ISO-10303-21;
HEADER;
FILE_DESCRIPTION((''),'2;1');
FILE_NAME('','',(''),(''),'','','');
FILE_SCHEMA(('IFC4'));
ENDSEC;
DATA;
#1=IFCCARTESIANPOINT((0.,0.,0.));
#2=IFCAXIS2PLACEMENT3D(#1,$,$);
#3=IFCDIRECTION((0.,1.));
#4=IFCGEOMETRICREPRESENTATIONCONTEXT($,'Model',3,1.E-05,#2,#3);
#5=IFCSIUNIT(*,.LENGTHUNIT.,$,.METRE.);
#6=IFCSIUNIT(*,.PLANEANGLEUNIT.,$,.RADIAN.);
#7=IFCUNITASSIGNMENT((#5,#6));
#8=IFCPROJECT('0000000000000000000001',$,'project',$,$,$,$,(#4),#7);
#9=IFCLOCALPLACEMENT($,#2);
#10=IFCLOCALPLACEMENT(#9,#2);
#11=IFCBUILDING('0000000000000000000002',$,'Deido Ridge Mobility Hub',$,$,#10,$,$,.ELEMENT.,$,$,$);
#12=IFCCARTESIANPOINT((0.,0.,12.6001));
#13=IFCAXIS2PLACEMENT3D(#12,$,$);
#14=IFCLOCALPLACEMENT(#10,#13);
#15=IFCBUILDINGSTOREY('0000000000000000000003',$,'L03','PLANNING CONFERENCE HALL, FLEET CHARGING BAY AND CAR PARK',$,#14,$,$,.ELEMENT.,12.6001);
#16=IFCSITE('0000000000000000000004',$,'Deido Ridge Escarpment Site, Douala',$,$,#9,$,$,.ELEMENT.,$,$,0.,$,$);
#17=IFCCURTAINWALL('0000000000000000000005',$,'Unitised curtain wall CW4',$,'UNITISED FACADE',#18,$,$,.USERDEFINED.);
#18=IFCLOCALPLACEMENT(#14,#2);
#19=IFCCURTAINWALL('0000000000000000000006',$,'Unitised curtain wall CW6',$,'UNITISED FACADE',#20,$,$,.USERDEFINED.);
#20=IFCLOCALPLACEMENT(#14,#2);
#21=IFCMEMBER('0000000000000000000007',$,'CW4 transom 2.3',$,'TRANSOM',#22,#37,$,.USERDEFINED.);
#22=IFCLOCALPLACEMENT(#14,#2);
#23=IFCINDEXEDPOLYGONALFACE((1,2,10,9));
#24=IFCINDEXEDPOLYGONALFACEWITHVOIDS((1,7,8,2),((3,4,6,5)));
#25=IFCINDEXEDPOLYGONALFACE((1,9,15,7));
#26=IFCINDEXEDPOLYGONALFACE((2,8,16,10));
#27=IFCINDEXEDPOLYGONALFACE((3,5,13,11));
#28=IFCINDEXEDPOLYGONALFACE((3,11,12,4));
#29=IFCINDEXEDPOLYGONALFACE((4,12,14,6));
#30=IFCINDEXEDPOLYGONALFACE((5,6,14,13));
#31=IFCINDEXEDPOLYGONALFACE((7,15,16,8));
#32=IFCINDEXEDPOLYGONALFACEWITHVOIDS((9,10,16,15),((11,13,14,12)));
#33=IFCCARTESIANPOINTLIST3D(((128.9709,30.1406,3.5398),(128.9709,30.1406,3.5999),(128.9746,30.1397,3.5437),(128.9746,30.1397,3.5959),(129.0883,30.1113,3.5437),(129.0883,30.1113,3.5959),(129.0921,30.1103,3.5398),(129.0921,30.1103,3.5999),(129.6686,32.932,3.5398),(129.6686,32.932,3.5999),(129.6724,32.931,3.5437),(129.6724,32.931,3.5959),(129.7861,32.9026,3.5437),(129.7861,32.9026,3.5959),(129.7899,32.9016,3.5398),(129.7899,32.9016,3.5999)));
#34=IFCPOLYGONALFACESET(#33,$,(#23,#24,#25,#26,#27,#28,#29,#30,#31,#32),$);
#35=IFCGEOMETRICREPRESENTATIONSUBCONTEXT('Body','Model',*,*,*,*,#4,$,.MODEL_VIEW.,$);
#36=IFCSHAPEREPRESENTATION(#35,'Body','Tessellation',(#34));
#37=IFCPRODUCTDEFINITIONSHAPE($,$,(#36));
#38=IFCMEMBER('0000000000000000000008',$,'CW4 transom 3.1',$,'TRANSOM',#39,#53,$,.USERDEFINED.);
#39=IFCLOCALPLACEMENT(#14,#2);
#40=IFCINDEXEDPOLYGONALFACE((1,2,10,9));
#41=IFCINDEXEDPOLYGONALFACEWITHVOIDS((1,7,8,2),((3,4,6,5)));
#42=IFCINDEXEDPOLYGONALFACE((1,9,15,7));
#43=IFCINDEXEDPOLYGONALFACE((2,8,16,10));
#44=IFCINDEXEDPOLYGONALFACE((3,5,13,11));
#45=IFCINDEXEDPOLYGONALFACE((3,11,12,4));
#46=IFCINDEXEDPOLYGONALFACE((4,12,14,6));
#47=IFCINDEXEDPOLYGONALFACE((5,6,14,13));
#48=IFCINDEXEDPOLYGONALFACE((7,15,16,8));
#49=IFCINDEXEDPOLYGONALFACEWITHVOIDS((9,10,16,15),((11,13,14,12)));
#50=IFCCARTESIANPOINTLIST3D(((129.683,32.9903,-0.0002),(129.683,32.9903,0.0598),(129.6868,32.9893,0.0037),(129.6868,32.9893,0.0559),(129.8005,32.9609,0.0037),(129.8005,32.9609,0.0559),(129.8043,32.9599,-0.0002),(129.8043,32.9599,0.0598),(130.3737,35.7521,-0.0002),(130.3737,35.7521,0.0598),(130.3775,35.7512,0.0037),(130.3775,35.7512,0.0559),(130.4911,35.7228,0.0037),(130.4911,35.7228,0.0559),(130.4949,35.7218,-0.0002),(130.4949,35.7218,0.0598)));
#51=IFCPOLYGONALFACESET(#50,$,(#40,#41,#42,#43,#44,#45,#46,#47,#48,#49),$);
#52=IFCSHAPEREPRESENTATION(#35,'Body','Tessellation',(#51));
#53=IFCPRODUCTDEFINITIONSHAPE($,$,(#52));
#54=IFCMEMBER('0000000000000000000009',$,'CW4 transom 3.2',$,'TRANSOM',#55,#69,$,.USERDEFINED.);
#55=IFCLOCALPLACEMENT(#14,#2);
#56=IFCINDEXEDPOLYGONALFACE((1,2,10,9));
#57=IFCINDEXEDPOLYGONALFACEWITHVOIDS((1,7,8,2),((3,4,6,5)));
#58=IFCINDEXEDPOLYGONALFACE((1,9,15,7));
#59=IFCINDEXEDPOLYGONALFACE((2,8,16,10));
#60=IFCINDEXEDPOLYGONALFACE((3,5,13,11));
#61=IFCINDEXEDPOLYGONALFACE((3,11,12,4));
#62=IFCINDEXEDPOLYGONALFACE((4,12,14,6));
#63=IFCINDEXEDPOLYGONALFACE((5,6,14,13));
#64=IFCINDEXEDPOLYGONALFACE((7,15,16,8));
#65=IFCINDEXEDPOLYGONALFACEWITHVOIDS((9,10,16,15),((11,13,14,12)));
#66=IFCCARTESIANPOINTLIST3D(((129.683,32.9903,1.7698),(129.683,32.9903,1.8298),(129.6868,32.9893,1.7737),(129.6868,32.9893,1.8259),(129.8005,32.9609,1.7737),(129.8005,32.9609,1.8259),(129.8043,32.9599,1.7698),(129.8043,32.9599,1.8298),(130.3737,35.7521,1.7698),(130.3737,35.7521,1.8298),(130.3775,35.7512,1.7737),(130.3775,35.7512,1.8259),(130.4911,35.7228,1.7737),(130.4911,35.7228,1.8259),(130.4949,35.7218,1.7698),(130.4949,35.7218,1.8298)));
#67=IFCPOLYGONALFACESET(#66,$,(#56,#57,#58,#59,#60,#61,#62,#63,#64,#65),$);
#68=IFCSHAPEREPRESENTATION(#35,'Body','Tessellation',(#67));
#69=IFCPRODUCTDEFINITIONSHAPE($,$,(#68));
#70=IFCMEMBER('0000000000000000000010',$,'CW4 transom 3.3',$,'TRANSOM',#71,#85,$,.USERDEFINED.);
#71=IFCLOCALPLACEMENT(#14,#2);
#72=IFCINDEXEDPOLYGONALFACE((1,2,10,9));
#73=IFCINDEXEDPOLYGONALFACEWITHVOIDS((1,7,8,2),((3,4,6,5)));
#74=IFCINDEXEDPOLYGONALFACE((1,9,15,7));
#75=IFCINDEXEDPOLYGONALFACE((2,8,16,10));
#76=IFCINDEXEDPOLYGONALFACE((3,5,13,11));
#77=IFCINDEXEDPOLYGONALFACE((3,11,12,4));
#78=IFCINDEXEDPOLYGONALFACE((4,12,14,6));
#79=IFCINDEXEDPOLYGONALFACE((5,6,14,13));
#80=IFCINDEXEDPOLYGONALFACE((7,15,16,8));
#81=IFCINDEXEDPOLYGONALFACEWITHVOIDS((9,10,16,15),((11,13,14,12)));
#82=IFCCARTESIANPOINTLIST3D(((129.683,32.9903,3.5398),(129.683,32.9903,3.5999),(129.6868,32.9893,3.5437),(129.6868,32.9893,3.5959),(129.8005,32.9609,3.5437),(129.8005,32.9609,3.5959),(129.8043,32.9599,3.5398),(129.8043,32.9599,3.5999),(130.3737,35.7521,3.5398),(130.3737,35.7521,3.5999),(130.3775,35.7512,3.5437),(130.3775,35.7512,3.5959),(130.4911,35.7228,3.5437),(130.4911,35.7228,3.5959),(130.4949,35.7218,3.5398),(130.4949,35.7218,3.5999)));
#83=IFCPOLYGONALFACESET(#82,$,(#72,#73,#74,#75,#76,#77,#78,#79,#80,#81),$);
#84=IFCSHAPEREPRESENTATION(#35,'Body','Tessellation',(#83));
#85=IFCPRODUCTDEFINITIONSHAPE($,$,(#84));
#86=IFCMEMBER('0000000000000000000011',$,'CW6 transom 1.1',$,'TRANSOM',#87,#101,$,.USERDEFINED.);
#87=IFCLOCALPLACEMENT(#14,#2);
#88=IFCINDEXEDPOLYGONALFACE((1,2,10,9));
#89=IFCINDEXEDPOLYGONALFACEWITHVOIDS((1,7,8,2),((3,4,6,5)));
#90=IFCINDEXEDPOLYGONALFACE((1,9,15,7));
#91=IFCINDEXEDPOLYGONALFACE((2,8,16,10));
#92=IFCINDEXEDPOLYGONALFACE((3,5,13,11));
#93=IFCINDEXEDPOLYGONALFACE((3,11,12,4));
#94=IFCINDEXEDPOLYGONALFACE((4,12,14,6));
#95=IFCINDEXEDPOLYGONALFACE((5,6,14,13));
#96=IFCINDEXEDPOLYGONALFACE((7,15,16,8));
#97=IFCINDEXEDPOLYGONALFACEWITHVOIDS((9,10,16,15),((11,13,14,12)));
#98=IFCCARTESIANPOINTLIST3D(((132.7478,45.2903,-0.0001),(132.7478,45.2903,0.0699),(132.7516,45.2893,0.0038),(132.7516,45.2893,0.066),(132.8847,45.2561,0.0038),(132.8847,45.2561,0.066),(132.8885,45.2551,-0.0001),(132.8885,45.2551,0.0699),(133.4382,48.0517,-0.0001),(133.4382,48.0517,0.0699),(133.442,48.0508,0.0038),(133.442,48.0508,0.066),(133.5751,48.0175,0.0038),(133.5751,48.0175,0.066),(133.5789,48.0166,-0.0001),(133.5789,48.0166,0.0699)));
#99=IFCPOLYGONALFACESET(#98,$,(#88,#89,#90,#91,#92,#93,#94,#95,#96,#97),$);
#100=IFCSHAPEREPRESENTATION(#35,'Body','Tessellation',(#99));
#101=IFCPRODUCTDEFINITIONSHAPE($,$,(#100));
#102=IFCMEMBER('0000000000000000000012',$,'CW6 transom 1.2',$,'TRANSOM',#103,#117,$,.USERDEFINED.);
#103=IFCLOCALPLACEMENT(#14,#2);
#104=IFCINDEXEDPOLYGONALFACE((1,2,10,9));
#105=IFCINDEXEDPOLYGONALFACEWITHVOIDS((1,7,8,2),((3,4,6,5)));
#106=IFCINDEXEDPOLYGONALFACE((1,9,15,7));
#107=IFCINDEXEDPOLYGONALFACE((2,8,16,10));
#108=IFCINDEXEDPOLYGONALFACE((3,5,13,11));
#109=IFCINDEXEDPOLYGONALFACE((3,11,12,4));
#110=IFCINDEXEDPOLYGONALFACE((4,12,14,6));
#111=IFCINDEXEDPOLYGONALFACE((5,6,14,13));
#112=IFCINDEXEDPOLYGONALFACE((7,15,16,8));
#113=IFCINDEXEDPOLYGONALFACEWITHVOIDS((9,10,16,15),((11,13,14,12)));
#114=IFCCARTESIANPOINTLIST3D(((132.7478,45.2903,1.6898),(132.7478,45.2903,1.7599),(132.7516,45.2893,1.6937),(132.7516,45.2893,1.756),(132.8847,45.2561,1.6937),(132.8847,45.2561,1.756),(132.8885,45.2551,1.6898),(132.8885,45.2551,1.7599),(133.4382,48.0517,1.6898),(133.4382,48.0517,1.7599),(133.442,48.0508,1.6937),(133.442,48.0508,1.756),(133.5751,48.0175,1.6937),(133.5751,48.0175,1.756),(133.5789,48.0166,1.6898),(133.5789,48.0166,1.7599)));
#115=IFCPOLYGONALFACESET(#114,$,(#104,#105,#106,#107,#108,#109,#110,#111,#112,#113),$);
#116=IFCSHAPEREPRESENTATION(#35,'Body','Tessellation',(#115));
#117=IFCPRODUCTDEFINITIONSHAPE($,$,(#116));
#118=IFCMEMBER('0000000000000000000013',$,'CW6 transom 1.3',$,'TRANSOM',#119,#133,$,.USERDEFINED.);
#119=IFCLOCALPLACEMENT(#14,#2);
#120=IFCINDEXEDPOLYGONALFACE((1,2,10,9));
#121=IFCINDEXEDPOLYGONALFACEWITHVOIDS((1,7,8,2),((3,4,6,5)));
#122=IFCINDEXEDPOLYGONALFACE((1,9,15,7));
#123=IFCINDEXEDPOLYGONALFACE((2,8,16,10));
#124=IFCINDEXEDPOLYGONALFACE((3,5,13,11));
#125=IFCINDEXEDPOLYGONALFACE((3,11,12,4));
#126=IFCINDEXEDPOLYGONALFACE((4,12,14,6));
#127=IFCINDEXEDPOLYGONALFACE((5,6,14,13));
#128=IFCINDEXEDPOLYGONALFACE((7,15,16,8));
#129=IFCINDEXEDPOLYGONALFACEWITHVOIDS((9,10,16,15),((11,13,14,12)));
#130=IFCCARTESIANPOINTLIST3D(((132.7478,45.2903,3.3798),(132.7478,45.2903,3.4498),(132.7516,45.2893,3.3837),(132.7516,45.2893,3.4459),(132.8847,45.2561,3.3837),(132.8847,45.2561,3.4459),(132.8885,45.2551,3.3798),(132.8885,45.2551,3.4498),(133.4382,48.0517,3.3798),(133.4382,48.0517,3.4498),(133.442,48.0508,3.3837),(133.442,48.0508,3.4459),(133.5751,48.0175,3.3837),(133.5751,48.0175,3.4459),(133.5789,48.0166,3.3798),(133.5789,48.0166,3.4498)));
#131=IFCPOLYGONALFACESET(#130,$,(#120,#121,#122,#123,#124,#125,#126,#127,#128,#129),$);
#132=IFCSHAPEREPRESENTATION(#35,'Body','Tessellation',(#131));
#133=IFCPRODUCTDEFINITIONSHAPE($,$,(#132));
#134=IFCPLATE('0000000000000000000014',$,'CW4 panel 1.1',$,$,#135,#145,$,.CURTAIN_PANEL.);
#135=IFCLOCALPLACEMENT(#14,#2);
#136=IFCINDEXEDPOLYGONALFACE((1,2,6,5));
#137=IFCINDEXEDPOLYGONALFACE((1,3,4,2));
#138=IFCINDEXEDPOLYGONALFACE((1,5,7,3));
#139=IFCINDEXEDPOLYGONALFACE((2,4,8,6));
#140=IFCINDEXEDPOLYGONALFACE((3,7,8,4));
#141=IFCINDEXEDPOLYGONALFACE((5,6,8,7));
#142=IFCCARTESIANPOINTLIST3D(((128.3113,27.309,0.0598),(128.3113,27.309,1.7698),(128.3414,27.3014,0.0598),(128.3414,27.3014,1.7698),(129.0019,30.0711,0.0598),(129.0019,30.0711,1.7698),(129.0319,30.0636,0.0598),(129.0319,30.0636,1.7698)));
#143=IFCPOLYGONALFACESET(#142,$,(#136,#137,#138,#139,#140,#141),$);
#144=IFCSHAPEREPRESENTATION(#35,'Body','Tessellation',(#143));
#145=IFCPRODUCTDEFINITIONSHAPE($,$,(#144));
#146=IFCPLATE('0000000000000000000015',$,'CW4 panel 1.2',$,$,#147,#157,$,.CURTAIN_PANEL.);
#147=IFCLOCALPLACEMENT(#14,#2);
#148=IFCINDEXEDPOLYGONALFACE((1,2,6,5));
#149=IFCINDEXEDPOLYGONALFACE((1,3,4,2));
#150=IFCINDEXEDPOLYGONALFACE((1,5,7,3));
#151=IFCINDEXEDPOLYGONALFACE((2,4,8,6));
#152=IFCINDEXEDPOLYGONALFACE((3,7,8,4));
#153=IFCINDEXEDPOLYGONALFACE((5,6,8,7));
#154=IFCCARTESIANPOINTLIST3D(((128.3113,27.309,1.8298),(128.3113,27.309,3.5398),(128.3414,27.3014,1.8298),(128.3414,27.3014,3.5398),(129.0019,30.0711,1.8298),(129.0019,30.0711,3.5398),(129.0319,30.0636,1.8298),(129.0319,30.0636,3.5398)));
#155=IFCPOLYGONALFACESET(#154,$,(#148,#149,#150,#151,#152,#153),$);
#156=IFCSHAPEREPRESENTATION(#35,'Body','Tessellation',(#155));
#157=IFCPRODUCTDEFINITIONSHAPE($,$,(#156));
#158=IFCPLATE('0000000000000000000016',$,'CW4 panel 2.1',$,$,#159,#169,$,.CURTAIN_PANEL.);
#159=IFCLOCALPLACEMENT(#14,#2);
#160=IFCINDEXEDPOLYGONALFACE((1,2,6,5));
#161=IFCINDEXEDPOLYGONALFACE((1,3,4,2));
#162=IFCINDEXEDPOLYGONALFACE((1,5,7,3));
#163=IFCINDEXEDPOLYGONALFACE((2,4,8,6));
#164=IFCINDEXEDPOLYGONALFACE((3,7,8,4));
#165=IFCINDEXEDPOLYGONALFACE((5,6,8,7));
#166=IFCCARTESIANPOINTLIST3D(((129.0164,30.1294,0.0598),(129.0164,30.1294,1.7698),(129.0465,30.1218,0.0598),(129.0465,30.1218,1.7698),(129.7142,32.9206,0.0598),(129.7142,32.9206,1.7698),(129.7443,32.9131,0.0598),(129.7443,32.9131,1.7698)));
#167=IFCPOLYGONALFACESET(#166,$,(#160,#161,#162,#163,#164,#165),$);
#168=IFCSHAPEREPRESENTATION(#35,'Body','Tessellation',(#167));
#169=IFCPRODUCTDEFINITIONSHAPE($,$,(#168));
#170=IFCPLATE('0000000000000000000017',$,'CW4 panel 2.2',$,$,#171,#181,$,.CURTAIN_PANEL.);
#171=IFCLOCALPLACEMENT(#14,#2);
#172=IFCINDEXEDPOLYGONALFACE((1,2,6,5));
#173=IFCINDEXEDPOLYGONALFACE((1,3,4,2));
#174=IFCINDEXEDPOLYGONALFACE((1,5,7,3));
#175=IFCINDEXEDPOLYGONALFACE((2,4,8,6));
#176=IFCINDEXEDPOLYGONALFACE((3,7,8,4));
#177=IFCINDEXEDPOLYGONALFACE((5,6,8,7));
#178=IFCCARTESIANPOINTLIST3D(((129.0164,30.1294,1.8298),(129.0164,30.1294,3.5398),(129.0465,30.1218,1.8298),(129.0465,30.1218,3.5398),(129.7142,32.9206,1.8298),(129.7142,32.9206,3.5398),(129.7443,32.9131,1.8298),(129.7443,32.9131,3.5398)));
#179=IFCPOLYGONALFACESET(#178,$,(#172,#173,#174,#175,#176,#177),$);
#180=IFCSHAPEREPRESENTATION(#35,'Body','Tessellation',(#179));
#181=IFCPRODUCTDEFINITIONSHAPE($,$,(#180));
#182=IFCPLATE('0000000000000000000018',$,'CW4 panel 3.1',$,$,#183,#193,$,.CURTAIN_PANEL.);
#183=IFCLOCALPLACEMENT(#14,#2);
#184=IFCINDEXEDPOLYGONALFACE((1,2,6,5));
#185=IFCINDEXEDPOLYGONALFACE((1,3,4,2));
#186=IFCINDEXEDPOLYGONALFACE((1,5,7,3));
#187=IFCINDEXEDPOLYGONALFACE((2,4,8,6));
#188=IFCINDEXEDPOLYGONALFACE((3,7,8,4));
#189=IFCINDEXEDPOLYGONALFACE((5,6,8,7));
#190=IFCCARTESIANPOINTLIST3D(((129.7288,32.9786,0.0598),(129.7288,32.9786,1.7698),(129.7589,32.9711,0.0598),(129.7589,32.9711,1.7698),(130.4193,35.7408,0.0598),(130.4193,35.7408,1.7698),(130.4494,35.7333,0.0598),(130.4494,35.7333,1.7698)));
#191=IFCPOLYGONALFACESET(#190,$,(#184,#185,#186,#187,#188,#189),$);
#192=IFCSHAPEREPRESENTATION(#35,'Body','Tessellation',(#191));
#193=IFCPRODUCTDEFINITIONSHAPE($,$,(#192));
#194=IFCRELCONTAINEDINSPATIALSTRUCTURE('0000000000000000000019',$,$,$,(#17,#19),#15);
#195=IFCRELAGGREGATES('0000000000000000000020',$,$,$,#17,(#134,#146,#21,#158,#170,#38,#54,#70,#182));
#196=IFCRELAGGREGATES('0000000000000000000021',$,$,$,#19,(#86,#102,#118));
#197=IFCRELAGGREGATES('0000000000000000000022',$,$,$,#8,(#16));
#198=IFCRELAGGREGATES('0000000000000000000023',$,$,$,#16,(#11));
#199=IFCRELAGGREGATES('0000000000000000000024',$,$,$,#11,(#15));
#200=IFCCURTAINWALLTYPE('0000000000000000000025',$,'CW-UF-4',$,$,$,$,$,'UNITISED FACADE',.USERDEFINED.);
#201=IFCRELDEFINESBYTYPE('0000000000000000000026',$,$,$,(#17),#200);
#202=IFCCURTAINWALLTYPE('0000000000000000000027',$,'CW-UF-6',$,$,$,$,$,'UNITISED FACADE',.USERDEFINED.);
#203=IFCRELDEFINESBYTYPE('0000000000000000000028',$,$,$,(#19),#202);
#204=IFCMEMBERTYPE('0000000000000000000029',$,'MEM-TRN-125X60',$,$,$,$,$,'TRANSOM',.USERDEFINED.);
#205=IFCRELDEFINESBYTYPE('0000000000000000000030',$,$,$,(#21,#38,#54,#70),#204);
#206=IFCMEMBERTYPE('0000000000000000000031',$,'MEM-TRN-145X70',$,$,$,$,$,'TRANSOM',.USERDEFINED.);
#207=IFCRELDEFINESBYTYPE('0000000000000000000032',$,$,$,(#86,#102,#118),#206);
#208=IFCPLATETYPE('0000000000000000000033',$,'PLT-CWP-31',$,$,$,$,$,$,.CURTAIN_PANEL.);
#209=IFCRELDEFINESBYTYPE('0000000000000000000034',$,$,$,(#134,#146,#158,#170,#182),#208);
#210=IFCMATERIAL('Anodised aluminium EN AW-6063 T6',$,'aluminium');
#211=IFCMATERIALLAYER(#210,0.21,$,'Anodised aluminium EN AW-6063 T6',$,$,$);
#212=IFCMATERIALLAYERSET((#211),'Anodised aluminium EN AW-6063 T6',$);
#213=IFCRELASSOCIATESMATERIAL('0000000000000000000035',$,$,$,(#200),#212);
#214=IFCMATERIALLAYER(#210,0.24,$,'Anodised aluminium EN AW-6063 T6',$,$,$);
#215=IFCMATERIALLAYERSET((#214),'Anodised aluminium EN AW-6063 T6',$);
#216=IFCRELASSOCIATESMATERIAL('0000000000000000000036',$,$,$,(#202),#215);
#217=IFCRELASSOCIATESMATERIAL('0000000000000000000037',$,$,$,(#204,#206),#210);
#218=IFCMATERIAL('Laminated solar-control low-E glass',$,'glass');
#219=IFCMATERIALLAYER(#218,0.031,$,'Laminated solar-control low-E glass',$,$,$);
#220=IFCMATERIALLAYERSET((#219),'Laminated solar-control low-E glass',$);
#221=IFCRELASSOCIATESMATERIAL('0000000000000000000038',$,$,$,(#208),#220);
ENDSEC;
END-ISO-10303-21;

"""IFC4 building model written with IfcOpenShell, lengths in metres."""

from ifc_helpers import new_model, si_unit, direction, frame, origin, origin_2d, place, context, subcontext, project, spatial, rectangle, hollow_rectangle, extrude, material, layer, layer_set, material_profile, profile_set, type_object, element, aggregate, save


model = new_model("IFC4")

# Units and contexts
model_context = context("Model", 3, precision=1e-05, world=origin(), true_north=direction((0.0, 1.0)))
body_context = subcontext(model_context, "Body", "Model", "MODEL_VIEW")
ifc_project = project(units=[si_unit("LENGTHUNIT", "METRE"), si_unit("PLANEANGLEUNIT", "RADIAN")], contexts=[model_context])

# Site, building, storey
site_placement = place(None, origin())
site = spatial("IfcSite", under=ifc_project, at=site_placement, Name="Deido Ridge Escarpment Site, Douala", CompositionType="ELEMENT", RefElevation=0.0)
building_placement = place(site_placement, origin())
building = spatial("IfcBuilding", under=site, at=building_placement, Name="Deido Ridge Mobility Hub", CompositionType="ELEMENT")
storey_placement = place(building_placement, frame((0.0, 0.0, 12.6001)))
storey = spatial("IfcBuildingStorey", under=building, at=storey_placement, Name="L03", Description="PLANNING CONFERENCE HALL, FLEET CHARGING BAY AND CAR PARK", CompositionType="ELEMENT", Elevation=12.6001)

# Curtain wall
ifc_material_1 = material(Name="Anodised aluminium EN AW-6063 T6", Category="aluminium")
ifc_layer_1 = layer(ifc_material_1, 0.21, Name="Anodised aluminium EN AW-6063 T6")
ifc_layer_set_1 = layer_set([ifc_layer_1], Name="Anodised aluminium EN AW-6063 T6")
curtain_wall_type_1 = type_object("IfcCurtainWallType", Name="CW-UF-4", ElementType="UNITISED FACADE", PredefinedType="USERDEFINED", material=ifc_layer_set_1)
curtain_wall_1_placement = place(storey_placement, origin())
curtain_wall_1 = element("IfcCurtainWall", 1, at=curtain_wall_1_placement, inside=storey, type_object=curtain_wall_type_1, Name="Unitised curtain wall CW4", ObjectType="UNITISED FACADE", PredefinedType="USERDEFINED")

# Curtain wall
ifc_layer_2 = layer(ifc_material_1, 0.24, Name="Anodised aluminium EN AW-6063 T6")
ifc_layer_set_2 = layer_set([ifc_layer_2], Name="Anodised aluminium EN AW-6063 T6")
curtain_wall_type_2 = type_object("IfcCurtainWallType", Name="CW-UF-6", ElementType="UNITISED FACADE", PredefinedType="USERDEFINED", material=ifc_layer_set_2)
curtain_wall_2_placement = place(storey_placement, origin())
curtain_wall_2 = element("IfcCurtainWall", 2, at=curtain_wall_2_placement, inside=storey, type_object=curtain_wall_type_2, Name="Unitised curtain wall CW6", ObjectType="UNITISED FACADE", PredefinedType="USERDEFINED")

# Members
ifc_material_profile_1 = material_profile(ifc_material_1, hollow_rectangle(XDim=0.125, YDim=0.0601, WallThickness=0.0039, at=origin_2d()), Name="RHS 125x60x4")
ifc_profile_set_1 = profile_set([ifc_material_profile_1], Name="Anodised aluminium EN AW-6063 T6")
member_type_1 = type_object("IfcMemberType", Name="MEM-TRN-125X60", ElementType="TRANSOM", PredefinedType="USERDEFINED", material=ifc_profile_set_1)
member_1_placement = place(storey_placement, frame((129.0315, 30.1255, 3.5698), z_axis=(0.242516, 0.970147, 0.0), x_axis=(-0.970147, 0.242516, 0.0)))
member_1 = element("IfcMember", 3, at=member_1_placement, type_object=member_type_1, Name="CW4 transom 2.3", ObjectType="TRANSOM", PredefinedType="USERDEFINED", context=body_context, shape_type="SweptSolid", body=[
    extrude(hollow_rectangle(XDim=0.125, YDim=0.0601, WallThickness=0.0039, at=origin_2d()), origin(), (0.0, 0.0, 1.0), 2.8772),
])
member_2_placement = place(storey_placement, frame((129.7437, 32.9751, 0.0298), z_axis=(0.242596, 0.970127, 0.0), x_axis=(-0.970127, 0.242596, 0.0)))
member_2 = element("IfcMember", 4, at=member_2_placement, type_object=member_type_1, Name="CW4 transom 3.1", ObjectType="TRANSOM", PredefinedType="USERDEFINED", context=body_context, shape_type="SweptSolid", body=[
    extrude(hollow_rectangle(XDim=0.125, YDim=0.0601, WallThickness=0.0039, at=origin_2d()), origin(), (0.0, 0.0, 1.0), 2.8469),
])
member_3_placement = place(storey_placement, frame((129.7437, 32.9751, 1.7998), z_axis=(0.242596, 0.970127, 0.0), x_axis=(-0.970127, 0.242596, 0.0)))
member_3 = element("IfcMember", 5, at=member_3_placement, type_object=member_type_1, Name="CW4 transom 3.2", ObjectType="TRANSOM", PredefinedType="USERDEFINED", context=body_context, shape_type="SweptSolid", body=[
    extrude(hollow_rectangle(XDim=0.125, YDim=0.0601, WallThickness=0.0039, at=origin_2d()), origin(), (0.0, 0.0, 1.0), 2.8469),
])
member_4_placement = place(storey_placement, frame((129.7437, 32.9751, 3.5698), z_axis=(0.242596, 0.970127, 0.0), x_axis=(-0.970127, 0.242596, 0.0)))
member_4 = element("IfcMember", 6, at=member_4_placement, type_object=member_type_1, Name="CW4 transom 3.3", ObjectType="TRANSOM", PredefinedType="USERDEFINED", context=body_context, shape_type="SweptSolid", body=[
    extrude(hollow_rectangle(XDim=0.125, YDim=0.0601, WallThickness=0.0039, at=origin_2d()), origin(), (0.0, 0.0, 1.0), 2.8469),
])
ifc_material_profile_2 = material_profile(ifc_material_1, hollow_rectangle(XDim=0.145, YDim=0.0701, WallThickness=0.0039, at=origin_2d()), Name="RHS 145x70x4")
ifc_profile_set_2 = profile_set([ifc_material_profile_2], Name="Anodised aluminium EN AW-6063 T6")
member_type_2 = type_object("IfcMemberType", Name="MEM-TRN-145X70", ElementType="TRANSOM", PredefinedType="USERDEFINED", material=ifc_profile_set_2)
member_5_placement = place(storey_placement, frame((132.8181, 45.2727, 0.0349), z_axis=(0.242556, 0.970137, 0.0), x_axis=(-0.970137, 0.242556, 0.0)))
member_5 = element("IfcMember", 7, at=member_5_placement, type_object=member_type_2, Name="CW6 transom 1.1", ObjectType="TRANSOM", PredefinedType="USERDEFINED", context=body_context, shape_type="SweptSolid", body=[
    extrude(hollow_rectangle(XDim=0.145, YDim=0.0701, WallThickness=0.0039, at=origin_2d()), origin(), (0.0, 0.0, 1.0), 2.8464),
])
member_6_placement = place(storey_placement, frame((132.8181, 45.2727, 1.7249), z_axis=(0.242556, 0.970137, 0.0), x_axis=(-0.970137, 0.242556, 0.0)))
member_6 = element("IfcMember", 8, at=member_6_placement, type_object=member_type_2, Name="CW6 transom 1.2", ObjectType="TRANSOM", PredefinedType="USERDEFINED", context=body_context, shape_type="SweptSolid", body=[
    extrude(hollow_rectangle(XDim=0.145, YDim=0.0701, WallThickness=0.0039, at=origin_2d()), origin(), (0.0, 0.0, 1.0), 2.8464),
])
member_7_placement = place(storey_placement, frame((132.8181, 45.2727, 3.4148), z_axis=(0.242556, 0.970137, 0.0), x_axis=(-0.970137, 0.242556, 0.0)))
member_7 = element("IfcMember", 9, at=member_7_placement, type_object=member_type_2, Name="CW6 transom 1.3", ObjectType="TRANSOM", PredefinedType="USERDEFINED", context=body_context, shape_type="SweptSolid", body=[
    extrude(hollow_rectangle(XDim=0.145, YDim=0.0701, WallThickness=0.0039, at=origin_2d()), origin(), (0.0, 0.0, 1.0), 2.8464),
])

# Plates
ifc_material_2 = material(Name="Laminated solar-control low-E glass", Category="glass")
ifc_layer_3 = layer(ifc_material_2, 0.031, Name="Laminated solar-control low-E glass")
ifc_layer_set_3 = layer_set([ifc_layer_3], Name="Laminated solar-control low-E glass")
plate_type_1 = type_object("IfcPlateType", Name="PLT-CWP-31", PredefinedType="CURTAIN_PANEL", material=ifc_layer_set_3)
plate_1_placement = place(storey_placement, frame((128.6716, 28.6863, 0.0598), z_axis=(0.0, 0.0, 1.0), x_axis=(0.24253, 0.970144, 0.0)))
plate_1 = element("IfcPlate", 10, at=plate_1_placement, type_object=plate_type_1, Name="CW4 panel 1.1", PredefinedType="CURTAIN_PANEL", context=body_context, shape_type="SweptSolid", body=[
    extrude(rectangle(XDim=2.8472, YDim=0.031, at=origin_2d()), origin(), (0.0, 0.0, 1.0), 1.71),
])
plate_2_placement = place(storey_placement, frame((128.6716, 28.6863, 1.8298), z_axis=(0.0, 0.0, 1.0), x_axis=(0.24253, 0.970144, 0.0)))
plate_2 = element("IfcPlate", 11, at=plate_2_placement, type_object=plate_type_1, Name="CW4 panel 1.2", PredefinedType="CURTAIN_PANEL", context=body_context, shape_type="SweptSolid", body=[
    extrude(rectangle(XDim=2.8472, YDim=0.031, at=origin_2d()), origin(), (0.0, 0.0, 1.0), 1.71),
])
plate_3_placement = place(storey_placement, frame((129.3804, 31.5212, 0.0598), z_axis=(0.0, 0.0, 1.0), x_axis=(0.24253, 0.970144, 0.0)))
plate_3 = element("IfcPlate", 12, at=plate_3_placement, type_object=plate_type_1, Name="CW4 panel 2.1", PredefinedType="CURTAIN_PANEL", context=body_context, shape_type="SweptSolid", body=[
    extrude(rectangle(XDim=2.8772, YDim=0.031, at=origin_2d()), origin(), (0.0, 0.0, 1.0), 1.71),
])
plate_4_placement = place(storey_placement, frame((129.3804, 31.5212, 1.8298), z_axis=(0.0, 0.0, 1.0), x_axis=(0.24253, 0.970144, 0.0)))
plate_4 = element("IfcPlate", 13, at=plate_4_placement, type_object=plate_type_1, Name="CW4 panel 2.2", PredefinedType="CURTAIN_PANEL", context=body_context, shape_type="SweptSolid", body=[
    extrude(rectangle(XDim=2.8772, YDim=0.031, at=origin_2d()), origin(), (0.0, 0.0, 1.0), 1.71),
])
plate_5_placement = place(storey_placement, frame((130.0891, 34.356, 0.0598), z_axis=(0.0, 0.0, 1.0), x_axis=(0.24253, 0.970144, 0.0)))
plate_5 = element("IfcPlate", 14, at=plate_5_placement, type_object=plate_type_1, Name="CW4 panel 3.1", PredefinedType="CURTAIN_PANEL", context=body_context, shape_type="SweptSolid", body=[
    extrude(rectangle(XDim=2.8472, YDim=0.031, at=origin_2d()), origin(), (0.0, 0.0, 1.0), 1.71),
])
aggregate(curtain_wall_1, [plate_1, plate_2, member_1, plate_3, plate_4, member_2, member_3, member_4, plate_5])
aggregate(curtain_wall_2, [member_5, member_6, member_7])

save(model, "model.ifc")
